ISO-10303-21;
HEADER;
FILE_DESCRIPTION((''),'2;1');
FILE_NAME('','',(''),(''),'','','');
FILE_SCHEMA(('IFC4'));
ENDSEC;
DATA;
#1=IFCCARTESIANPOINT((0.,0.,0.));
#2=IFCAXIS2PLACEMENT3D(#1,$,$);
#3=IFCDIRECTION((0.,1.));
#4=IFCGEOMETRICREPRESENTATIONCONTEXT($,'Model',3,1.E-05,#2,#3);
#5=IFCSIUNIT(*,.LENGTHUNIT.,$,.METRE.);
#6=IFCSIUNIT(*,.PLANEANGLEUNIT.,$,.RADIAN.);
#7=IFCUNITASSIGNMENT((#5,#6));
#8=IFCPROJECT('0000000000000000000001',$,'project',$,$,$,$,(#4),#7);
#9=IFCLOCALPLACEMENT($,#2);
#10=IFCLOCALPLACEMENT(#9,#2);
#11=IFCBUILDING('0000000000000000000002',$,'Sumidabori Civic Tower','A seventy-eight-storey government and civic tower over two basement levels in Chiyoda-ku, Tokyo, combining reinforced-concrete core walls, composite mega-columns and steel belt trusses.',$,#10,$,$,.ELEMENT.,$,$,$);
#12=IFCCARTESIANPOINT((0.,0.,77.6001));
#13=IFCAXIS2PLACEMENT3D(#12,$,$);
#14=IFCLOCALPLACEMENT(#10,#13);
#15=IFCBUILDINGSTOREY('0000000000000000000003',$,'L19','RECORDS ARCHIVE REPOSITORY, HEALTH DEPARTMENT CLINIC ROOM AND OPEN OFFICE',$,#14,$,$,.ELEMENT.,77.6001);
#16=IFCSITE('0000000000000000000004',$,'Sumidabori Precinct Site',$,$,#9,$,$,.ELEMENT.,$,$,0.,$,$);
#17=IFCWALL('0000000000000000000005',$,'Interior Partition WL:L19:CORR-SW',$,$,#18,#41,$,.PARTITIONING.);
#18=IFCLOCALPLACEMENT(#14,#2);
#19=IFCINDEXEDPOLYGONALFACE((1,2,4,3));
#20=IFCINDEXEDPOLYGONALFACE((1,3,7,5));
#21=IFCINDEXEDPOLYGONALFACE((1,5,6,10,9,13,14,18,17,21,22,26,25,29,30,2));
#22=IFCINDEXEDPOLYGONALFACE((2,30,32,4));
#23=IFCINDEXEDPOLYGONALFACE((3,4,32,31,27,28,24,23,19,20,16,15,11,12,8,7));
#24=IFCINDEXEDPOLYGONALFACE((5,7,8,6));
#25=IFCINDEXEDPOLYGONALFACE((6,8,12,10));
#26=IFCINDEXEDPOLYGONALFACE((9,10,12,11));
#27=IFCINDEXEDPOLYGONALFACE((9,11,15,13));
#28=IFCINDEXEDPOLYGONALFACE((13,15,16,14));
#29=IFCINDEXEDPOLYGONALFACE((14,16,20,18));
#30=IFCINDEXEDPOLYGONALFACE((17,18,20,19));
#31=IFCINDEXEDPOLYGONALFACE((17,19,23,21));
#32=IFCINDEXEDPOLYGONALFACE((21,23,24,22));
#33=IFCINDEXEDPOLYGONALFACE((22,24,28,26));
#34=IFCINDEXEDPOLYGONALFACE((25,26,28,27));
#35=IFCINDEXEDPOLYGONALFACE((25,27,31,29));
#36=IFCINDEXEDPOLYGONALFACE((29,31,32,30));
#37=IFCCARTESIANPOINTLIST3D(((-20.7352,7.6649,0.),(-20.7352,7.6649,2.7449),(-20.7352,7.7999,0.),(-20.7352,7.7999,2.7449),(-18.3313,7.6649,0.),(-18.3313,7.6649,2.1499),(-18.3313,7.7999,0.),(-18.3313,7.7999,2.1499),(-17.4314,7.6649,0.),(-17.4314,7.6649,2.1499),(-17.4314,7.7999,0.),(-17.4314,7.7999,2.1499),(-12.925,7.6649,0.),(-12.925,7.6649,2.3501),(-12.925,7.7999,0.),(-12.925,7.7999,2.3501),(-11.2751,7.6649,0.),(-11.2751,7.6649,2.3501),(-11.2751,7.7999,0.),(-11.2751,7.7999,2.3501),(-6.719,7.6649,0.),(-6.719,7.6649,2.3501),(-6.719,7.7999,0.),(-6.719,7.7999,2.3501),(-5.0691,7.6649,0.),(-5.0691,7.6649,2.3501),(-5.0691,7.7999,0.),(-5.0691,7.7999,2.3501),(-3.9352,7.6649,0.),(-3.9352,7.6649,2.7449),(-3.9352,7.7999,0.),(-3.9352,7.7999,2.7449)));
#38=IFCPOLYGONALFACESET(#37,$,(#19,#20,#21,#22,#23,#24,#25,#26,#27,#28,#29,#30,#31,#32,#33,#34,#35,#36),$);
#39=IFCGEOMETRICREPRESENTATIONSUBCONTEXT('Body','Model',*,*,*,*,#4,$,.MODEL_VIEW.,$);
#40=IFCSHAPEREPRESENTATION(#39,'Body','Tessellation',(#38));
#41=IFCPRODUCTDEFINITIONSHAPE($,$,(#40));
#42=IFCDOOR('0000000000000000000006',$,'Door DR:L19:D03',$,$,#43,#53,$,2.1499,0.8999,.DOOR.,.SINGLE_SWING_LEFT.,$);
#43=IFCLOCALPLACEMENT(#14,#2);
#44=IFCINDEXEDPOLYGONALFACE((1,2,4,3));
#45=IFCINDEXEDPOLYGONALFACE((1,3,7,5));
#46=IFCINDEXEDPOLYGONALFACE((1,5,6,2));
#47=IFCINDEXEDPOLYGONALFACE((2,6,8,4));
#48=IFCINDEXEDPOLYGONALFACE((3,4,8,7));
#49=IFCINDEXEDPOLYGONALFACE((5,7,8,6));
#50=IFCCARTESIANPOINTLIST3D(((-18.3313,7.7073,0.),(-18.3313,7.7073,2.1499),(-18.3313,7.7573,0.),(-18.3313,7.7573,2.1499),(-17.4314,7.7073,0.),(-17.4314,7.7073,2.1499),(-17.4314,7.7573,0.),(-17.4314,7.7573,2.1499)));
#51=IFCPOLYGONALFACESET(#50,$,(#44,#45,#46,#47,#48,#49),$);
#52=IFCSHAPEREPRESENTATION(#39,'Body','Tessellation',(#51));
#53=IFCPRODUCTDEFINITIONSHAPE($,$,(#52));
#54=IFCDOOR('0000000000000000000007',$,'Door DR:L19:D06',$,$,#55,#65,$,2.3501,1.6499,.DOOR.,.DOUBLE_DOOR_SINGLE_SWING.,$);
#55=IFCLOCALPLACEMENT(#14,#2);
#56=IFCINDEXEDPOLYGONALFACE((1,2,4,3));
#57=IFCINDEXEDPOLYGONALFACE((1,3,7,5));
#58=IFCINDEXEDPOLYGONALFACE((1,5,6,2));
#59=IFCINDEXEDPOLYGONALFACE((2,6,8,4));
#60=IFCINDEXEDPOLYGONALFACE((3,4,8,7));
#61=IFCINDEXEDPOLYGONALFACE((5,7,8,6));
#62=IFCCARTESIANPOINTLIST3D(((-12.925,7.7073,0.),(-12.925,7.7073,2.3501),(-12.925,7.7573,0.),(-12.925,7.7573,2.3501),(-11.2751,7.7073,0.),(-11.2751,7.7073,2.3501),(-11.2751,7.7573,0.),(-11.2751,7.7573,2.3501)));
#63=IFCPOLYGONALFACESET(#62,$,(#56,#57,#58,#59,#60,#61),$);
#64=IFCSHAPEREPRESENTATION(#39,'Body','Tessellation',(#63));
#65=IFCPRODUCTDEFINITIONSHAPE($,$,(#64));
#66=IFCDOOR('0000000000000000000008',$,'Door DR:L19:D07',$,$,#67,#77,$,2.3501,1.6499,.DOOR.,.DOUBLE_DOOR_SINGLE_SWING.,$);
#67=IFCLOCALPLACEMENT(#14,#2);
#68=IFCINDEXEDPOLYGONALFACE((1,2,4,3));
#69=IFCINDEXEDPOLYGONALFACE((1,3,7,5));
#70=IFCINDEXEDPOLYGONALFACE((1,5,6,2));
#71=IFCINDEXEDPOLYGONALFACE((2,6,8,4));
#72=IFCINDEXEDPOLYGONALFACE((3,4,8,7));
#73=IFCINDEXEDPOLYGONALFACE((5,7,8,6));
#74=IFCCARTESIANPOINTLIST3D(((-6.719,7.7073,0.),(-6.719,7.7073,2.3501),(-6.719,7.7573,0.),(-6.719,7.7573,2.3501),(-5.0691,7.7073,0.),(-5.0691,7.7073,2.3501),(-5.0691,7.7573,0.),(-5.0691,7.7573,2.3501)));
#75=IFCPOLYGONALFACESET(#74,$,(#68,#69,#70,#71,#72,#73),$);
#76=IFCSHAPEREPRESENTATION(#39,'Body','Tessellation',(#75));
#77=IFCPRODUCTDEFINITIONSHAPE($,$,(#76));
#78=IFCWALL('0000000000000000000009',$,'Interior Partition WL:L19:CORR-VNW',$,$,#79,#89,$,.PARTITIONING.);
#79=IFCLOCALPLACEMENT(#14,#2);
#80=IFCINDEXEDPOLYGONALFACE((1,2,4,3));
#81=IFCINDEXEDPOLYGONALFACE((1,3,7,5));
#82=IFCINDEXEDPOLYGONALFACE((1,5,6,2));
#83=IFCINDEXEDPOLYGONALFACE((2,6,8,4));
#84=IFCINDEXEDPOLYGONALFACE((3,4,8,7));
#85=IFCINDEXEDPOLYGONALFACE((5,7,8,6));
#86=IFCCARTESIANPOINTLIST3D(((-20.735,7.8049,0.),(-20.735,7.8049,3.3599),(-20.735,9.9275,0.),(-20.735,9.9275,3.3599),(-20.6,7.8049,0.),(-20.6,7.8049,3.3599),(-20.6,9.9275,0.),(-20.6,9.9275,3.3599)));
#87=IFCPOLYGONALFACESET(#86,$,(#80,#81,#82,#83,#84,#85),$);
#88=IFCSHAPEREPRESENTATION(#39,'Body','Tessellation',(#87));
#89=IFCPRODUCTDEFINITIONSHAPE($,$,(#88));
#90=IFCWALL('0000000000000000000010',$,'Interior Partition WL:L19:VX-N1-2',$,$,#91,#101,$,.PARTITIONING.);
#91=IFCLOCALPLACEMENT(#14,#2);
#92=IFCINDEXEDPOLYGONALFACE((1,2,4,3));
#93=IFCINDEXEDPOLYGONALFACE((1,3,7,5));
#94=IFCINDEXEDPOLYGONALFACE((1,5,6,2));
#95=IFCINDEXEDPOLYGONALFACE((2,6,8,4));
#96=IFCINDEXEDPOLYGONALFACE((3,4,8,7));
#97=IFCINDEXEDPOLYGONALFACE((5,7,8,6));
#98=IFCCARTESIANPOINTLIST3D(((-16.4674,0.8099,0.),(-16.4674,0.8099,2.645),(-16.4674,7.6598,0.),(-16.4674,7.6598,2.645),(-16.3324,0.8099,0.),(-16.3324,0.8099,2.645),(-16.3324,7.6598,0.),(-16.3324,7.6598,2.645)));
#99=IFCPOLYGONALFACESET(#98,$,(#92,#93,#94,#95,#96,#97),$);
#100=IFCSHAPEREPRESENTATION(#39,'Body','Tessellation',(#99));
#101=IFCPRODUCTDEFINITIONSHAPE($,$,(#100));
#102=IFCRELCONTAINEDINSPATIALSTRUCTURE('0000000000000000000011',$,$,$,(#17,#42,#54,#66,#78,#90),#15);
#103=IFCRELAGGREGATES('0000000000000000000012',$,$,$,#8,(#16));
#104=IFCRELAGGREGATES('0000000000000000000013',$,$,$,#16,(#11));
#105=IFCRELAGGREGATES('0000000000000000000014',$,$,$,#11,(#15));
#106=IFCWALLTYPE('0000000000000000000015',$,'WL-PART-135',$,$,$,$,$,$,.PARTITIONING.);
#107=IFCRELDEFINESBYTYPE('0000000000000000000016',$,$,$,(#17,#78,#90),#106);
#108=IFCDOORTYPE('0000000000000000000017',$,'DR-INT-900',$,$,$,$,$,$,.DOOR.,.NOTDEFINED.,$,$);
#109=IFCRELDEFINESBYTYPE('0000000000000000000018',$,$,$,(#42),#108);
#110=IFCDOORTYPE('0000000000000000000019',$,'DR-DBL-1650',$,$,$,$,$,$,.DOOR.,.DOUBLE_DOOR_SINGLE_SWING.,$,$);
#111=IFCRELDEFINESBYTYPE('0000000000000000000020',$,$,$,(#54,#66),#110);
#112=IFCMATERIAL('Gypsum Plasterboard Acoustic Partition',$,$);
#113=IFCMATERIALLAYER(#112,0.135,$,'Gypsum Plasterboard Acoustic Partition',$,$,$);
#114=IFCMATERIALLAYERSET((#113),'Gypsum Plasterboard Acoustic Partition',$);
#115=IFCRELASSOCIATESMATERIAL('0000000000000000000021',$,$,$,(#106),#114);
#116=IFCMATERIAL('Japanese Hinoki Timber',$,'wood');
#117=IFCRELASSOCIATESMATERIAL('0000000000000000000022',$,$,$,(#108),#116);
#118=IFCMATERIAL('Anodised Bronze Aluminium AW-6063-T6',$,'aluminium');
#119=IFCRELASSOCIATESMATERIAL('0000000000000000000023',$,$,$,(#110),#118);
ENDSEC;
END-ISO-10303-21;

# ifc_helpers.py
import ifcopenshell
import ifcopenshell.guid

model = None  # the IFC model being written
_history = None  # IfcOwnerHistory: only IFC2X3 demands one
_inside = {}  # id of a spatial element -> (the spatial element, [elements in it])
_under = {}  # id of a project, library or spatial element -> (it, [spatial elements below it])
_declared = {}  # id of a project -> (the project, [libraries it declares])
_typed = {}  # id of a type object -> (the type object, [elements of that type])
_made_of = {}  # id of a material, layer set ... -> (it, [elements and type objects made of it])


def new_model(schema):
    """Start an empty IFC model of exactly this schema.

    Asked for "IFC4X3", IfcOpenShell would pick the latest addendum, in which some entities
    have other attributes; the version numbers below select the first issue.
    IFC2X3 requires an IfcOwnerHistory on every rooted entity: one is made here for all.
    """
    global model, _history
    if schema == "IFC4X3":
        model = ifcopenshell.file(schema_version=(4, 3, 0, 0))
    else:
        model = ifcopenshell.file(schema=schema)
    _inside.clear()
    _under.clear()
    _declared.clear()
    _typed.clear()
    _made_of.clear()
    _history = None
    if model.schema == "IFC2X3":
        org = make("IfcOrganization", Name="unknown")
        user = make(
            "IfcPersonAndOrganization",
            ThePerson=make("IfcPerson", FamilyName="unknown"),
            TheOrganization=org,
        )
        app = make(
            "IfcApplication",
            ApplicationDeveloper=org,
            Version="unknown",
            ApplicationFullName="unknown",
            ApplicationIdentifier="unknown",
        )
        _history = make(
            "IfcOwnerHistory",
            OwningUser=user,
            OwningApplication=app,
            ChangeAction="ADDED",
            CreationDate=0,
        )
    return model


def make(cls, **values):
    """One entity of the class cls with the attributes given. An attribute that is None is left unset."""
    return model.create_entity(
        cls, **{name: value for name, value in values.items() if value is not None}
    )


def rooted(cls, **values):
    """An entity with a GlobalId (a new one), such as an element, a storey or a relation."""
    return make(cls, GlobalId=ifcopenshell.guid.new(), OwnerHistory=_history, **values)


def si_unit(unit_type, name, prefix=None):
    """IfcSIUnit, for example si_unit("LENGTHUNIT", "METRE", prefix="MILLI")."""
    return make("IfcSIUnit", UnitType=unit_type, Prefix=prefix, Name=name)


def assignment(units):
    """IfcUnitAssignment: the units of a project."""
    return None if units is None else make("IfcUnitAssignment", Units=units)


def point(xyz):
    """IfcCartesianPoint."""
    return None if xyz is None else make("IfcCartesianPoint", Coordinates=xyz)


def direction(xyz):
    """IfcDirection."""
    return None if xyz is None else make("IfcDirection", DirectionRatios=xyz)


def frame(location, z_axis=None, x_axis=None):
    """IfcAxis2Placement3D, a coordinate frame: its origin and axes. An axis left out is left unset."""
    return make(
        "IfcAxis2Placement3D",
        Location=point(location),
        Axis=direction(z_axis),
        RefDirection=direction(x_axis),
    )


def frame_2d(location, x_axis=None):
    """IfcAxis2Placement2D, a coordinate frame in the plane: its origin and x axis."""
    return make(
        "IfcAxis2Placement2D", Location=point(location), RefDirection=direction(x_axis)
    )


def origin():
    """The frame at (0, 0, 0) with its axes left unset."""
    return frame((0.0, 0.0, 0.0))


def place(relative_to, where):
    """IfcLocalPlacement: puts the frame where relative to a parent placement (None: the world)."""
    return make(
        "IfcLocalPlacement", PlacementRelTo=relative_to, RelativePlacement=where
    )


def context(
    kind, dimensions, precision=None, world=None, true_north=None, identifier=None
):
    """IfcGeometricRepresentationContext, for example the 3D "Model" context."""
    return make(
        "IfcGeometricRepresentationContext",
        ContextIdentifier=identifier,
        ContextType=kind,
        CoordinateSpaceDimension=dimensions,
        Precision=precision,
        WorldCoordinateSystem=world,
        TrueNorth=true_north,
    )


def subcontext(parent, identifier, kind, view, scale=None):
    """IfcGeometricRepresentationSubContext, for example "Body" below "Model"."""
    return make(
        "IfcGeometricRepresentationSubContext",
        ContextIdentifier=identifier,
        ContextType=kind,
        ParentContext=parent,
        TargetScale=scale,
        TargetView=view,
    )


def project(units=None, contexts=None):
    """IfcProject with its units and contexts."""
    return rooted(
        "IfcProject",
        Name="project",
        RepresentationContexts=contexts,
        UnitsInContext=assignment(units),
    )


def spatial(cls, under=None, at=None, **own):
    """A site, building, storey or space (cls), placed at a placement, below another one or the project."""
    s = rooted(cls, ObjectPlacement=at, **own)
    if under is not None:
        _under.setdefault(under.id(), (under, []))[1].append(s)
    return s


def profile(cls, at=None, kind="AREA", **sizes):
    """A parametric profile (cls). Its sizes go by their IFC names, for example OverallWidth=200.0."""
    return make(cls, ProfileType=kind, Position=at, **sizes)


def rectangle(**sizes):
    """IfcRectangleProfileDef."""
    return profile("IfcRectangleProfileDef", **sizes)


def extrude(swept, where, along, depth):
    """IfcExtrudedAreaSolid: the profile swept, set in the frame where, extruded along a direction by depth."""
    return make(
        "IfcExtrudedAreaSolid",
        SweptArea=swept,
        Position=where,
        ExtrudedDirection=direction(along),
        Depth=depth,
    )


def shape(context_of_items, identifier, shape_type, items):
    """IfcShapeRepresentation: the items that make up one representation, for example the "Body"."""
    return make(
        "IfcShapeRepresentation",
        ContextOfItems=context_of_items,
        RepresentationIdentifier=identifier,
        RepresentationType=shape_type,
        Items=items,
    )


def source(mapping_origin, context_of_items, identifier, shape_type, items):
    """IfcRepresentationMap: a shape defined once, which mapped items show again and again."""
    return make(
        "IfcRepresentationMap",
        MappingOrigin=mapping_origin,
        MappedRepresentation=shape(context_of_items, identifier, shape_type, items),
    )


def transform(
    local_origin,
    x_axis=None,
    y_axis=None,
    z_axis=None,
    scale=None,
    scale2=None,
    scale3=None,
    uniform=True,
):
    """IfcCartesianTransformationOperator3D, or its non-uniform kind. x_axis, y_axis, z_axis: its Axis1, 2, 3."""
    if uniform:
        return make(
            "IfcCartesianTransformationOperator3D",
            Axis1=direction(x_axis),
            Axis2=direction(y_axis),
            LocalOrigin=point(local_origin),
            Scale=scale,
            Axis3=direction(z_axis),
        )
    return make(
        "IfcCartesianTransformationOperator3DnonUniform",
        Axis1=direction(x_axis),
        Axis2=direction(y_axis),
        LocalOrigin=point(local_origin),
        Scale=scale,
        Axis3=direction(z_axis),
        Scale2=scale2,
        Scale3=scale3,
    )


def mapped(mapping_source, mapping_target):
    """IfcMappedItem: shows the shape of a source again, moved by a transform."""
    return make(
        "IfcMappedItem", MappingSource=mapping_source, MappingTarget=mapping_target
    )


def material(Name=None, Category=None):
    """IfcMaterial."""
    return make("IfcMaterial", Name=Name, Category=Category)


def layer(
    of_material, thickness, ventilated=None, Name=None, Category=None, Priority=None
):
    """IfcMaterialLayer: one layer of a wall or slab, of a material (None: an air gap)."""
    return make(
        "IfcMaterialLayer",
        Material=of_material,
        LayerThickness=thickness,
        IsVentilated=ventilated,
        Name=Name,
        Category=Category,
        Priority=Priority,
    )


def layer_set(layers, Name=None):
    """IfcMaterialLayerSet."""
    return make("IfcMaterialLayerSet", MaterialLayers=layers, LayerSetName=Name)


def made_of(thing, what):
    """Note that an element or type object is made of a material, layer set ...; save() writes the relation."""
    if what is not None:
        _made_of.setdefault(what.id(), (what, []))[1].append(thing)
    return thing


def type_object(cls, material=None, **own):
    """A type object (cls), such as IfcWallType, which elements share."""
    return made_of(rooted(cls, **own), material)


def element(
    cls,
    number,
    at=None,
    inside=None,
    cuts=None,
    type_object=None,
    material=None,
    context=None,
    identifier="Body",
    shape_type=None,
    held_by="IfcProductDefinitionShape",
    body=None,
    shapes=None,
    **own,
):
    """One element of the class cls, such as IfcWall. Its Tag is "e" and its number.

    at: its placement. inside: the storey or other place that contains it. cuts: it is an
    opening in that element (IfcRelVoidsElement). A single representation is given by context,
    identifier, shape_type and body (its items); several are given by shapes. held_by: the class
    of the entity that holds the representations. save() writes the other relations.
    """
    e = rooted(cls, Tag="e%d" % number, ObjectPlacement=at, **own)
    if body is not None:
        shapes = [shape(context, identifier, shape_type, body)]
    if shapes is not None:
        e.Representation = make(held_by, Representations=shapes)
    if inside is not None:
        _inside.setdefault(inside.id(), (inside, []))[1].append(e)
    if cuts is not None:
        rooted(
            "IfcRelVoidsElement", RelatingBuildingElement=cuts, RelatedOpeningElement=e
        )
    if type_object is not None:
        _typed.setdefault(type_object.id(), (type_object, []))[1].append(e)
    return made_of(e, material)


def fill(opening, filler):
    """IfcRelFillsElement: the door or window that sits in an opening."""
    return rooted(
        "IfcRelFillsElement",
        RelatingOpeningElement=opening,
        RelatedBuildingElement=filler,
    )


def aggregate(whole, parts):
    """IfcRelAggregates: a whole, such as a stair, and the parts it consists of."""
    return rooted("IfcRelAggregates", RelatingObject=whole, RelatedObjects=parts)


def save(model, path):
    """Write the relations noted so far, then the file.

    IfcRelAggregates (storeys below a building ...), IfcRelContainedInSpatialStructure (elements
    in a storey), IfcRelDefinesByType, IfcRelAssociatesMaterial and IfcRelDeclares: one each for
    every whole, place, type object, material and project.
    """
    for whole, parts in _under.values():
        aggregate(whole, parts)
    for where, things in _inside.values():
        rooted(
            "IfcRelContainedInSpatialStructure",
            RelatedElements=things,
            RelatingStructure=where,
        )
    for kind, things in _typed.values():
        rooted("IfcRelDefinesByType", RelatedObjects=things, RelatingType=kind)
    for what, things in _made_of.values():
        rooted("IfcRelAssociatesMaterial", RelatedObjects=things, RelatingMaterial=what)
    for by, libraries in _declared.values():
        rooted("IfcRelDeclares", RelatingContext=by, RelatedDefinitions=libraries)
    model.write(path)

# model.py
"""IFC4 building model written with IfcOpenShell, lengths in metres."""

from ifc_helpers import new_model, si_unit, direction, frame, frame_2d, origin, place, context, subcontext, project, spatial, rectangle, extrude, source, transform, mapped, material, layer, layer_set, type_object, element, fill, save


model = new_model("IFC4")

# Units and contexts
model_context = context("Model", 3, precision=1e-05, world=origin(), true_north=direction((0.0, 1.0)))
body_context = subcontext(model_context, "Body", "Model", "MODEL_VIEW")
ifc_project = project(units=[si_unit("LENGTHUNIT", "METRE"), si_unit("PLANEANGLEUNIT", "RADIAN")], contexts=[model_context])

# Site, building, storey
site_placement = place(None, origin())
site = spatial("IfcSite", under=ifc_project, at=site_placement, Name="Sumidabori Precinct Site", CompositionType="ELEMENT", RefElevation=0.0)
building_placement = place(site_placement, origin())
building = spatial("IfcBuilding", under=site, at=building_placement, Name="Sumidabori Civic Tower", Description="A seventy-eight-storey government and civic tower over two basement levels in Chiyoda-ku, Tokyo, combining reinforced-concrete core walls, composite mega-columns and steel belt trusses.", CompositionType="ELEMENT")
storey_placement = place(building_placement, frame((0.0, 0.0, 77.6001)))
storey = spatial("IfcBuildingStorey", under=building, at=storey_placement, Name="L19", Description="RECORDS ARCHIVE REPOSITORY, HEALTH DEPARTMENT CLINIC ROOM AND OPEN OFFICE", CompositionType="ELEMENT", Elevation=77.6001)

# Shared definitions
ifc_material_1 = material(Name="Anodised Bronze Aluminium AW-6063-T6", Category="aluminium")

# Shared definitions
ifc_material_2 = material(Name="Gypsum Plasterboard Acoustic Partition")
ifc_layer_1 = layer(ifc_material_2, 0.135, Name="Gypsum Plasterboard Acoustic Partition")
ifc_layer_set_1 = layer_set([ifc_layer_1], Name="Gypsum Plasterboard Acoustic Partition")
wall_type_1 = type_object("IfcWallType", Name="WL-PART-135", PredefinedType="PARTITIONING", material=ifc_layer_set_1)

# Shared definitions
ifc_material_3 = material(Name="Japanese Hinoki Timber", Category="wood")
door_type_1 = type_object("IfcDoorType", Name="DR-INT-900", OperationType="NOTDEFINED", PredefinedType="DOOR", material=ifc_material_3)
shared_shape_1 = source(origin(), body_context, "Body", "SweptSolid", [
    extrude(rectangle(XDim=0.8999, YDim=2.1499, at=frame_2d((0.45, 1.075))), frame((0.0, 0.0249, 0.0), z_axis=(0.0, -1.0, 0.0), x_axis=(1.0, 0.0, 0.0)), (0.0, 0.0, 1.0), 0.05),
])

# Wall, openings, doors
shared_shape_2 = source(origin(), body_context, "Body", "SweptSolid", [
    extrude(rectangle(XDim=16.8, YDim=0.135, at=frame_2d((8.3999, 0.0))), origin(), (0.0, 0.0, 1.0), 2.7449),
])
wall_1_placement = place(storey_placement, frame((-20.7351, 7.7324, 0.0), z_axis=(0.0, 0.0, 1.0), x_axis=(1.0, 0.0, 0.0)))
wall_1 = element("IfcWall", 1, at=wall_1_placement, inside=storey, type_object=wall_type_1, Name="Interior Partition WL:L19:CORR-SW", PredefinedType="PARTITIONING", context=body_context, shape_type="MappedRepresentation", body=[
    mapped(shared_shape_2, transform((0.0, 0.0, 0.0), x_axis=(1.0, 0.0, 0.0), y_axis=(0.0, 1.0, 0.0), z_axis=(0.0, 0.0, 1.0), scale=1.0)),
])
opening_1_placement = place(wall_1_placement, frame((2.4038, 0.0, 0.0)))
opening_1 = element("IfcOpeningElement", 2, at=opening_1_placement, cuts=wall_1, PredefinedType="OPENING", context=body_context, shape_type="SweptSolid", body=[
    extrude(rectangle(XDim=0.8999, YDim=2.1499, at=frame_2d((0.45, 1.075))), frame((0.0, 0.0796, 0.0), z_axis=(0.0, -1.0, 0.0), x_axis=(1.0, 0.0, 0.0)), (0.0, 0.0, 1.0), 0.1589),
])
opening_2_placement = place(wall_1_placement, frame((7.8101, 0.0, 0.0)))
opening_2 = element("IfcOpeningElement", 3, at=opening_2_placement, cuts=wall_1, PredefinedType="OPENING", context=body_context, shape_type="SweptSolid", body=[
    extrude(rectangle(XDim=1.6499, YDim=2.3501, at=frame_2d((0.825, 1.175))), frame((0.0, 0.0796, 0.0), z_axis=(0.0, -1.0, 0.0), x_axis=(1.0, 0.0, 0.0)), (0.0, 0.0, 1.0), 0.1589),
])
opening_3_placement = place(wall_1_placement, frame((14.0161, 0.0, 0.0)))
opening_3 = element("IfcOpeningElement", 4, at=opening_3_placement, cuts=wall_1, PredefinedType="OPENING", context=body_context, shape_type="SweptSolid", body=[
    extrude(rectangle(XDim=1.6499, YDim=2.3501, at=frame_2d((0.825, 1.175))), frame((0.0, 0.0796, 0.0), z_axis=(0.0, -1.0, 0.0), x_axis=(1.0, 0.0, 0.0)), (0.0, 0.0, 1.0), 0.1589),
])
door_1_placement = place(opening_1_placement, origin())
door_1 = element("IfcDoor", 5, at=door_1_placement, inside=storey, type_object=door_type_1, Name="Door DR:L19:D03", OperationType="SINGLE_SWING_LEFT", OverallHeight=2.1499, OverallWidth=0.8999, PredefinedType="DOOR", context=body_context, shape_type="MappedRepresentation", body=[
    mapped(shared_shape_1, transform((0.0, 0.0, 0.0), x_axis=(1.0, 0.0, 0.0), y_axis=(0.0, 1.0, 0.0), z_axis=(0.0, 0.0, 1.0), scale=1.0)),
])
fill(opening_1, door_1)
door_type_2 = type_object("IfcDoorType", Name="DR-DBL-1650", OperationType="DOUBLE_DOOR_SINGLE_SWING", PredefinedType="DOOR", material=ifc_material_1)
shared_shape_3 = source(origin(), body_context, "Body", "SweptSolid", [
    extrude(rectangle(XDim=1.6499, YDim=2.3501, at=frame_2d((0.825, 1.175))), frame((0.0, 0.0249, 0.0), z_axis=(0.0, -1.0, 0.0), x_axis=(1.0, 0.0, 0.0)), (0.0, 0.0, 1.0), 0.05),
])
door_2_placement = place(opening_2_placement, origin())
door_2 = element("IfcDoor", 6, at=door_2_placement, inside=storey, type_object=door_type_2, Name="Door DR:L19:D06", OperationType="DOUBLE_DOOR_SINGLE_SWING", OverallHeight=2.3501, OverallWidth=1.6499, PredefinedType="DOOR", context=body_context, shape_type="MappedRepresentation", body=[
    mapped(shared_shape_3, transform((0.0, 0.0, 0.0), x_axis=(1.0, 0.0, 0.0), y_axis=(0.0, 1.0, 0.0), z_axis=(0.0, 0.0, 1.0), scale=1.0)),
])
fill(opening_2, door_2)
door_3_placement = place(opening_3_placement, origin())
door_3 = element("IfcDoor", 7, at=door_3_placement, inside=storey, type_object=door_type_2, Name="Door DR:L19:D07", OperationType="DOUBLE_DOOR_SINGLE_SWING", OverallHeight=2.3501, OverallWidth=1.6499, PredefinedType="DOOR", context=body_context, shape_type="MappedRepresentation", body=[
    mapped(shared_shape_3, transform((0.0, 0.0, 0.0), x_axis=(1.0, 0.0, 0.0), y_axis=(0.0, 1.0, 0.0), z_axis=(0.0, 0.0, 1.0), scale=1.0)),
])
fill(opening_3, door_3)

# Walls
shared_shape_4 = source(origin(), body_context, "Body", "SweptSolid", [
    extrude(rectangle(XDim=2.1226, YDim=0.135, at=frame_2d((1.0613, 0.0))), origin(), (0.0, 0.0, 1.0), 3.3599),
])
wall_2_placement = place(storey_placement, frame((-20.6675, 7.8049, 0.0), z_axis=(0.0, 0.0, 1.0), x_axis=(0.0, 1.0, 0.0)))
element("IfcWall", 8, at=wall_2_placement, inside=storey, type_object=wall_type_1, Name="Interior Partition WL:L19:CORR-VNW", PredefinedType="PARTITIONING", context=body_context, shape_type="MappedRepresentation", body=[
    mapped(shared_shape_4, transform((0.0, 0.0, 0.0), x_axis=(1.0, 0.0, 0.0), y_axis=(0.0, 1.0, 0.0), z_axis=(0.0, 0.0, 1.0), scale=1.0)),
])
shared_shape_5 = source(origin(), body_context, "Body", "SweptSolid", [
    extrude(rectangle(XDim=6.8499, YDim=0.135, at=frame_2d((3.4248, 0.0))), origin(), (0.0, 0.0, 1.0), 2.645),
])
wall_3_placement = place(storey_placement, frame((-16.3999, 0.8101, 0.0), z_axis=(0.0, 0.0, 1.0), x_axis=(0.0, 1.0, 0.0)))
element("IfcWall", 9, at=wall_3_placement, inside=storey, type_object=wall_type_1, Name="Interior Partition WL:L19:VX-N1-2", PredefinedType="PARTITIONING", context=body_context, shape_type="MappedRepresentation", body=[
    mapped(shared_shape_5, transform((0.0, 0.0, 0.0), x_axis=(1.0, 0.0, 0.0), y_axis=(0.0, 1.0, 0.0), z_axis=(0.0, 0.0, 1.0), scale=1.0)),
])

save(model, "model.ifc")
